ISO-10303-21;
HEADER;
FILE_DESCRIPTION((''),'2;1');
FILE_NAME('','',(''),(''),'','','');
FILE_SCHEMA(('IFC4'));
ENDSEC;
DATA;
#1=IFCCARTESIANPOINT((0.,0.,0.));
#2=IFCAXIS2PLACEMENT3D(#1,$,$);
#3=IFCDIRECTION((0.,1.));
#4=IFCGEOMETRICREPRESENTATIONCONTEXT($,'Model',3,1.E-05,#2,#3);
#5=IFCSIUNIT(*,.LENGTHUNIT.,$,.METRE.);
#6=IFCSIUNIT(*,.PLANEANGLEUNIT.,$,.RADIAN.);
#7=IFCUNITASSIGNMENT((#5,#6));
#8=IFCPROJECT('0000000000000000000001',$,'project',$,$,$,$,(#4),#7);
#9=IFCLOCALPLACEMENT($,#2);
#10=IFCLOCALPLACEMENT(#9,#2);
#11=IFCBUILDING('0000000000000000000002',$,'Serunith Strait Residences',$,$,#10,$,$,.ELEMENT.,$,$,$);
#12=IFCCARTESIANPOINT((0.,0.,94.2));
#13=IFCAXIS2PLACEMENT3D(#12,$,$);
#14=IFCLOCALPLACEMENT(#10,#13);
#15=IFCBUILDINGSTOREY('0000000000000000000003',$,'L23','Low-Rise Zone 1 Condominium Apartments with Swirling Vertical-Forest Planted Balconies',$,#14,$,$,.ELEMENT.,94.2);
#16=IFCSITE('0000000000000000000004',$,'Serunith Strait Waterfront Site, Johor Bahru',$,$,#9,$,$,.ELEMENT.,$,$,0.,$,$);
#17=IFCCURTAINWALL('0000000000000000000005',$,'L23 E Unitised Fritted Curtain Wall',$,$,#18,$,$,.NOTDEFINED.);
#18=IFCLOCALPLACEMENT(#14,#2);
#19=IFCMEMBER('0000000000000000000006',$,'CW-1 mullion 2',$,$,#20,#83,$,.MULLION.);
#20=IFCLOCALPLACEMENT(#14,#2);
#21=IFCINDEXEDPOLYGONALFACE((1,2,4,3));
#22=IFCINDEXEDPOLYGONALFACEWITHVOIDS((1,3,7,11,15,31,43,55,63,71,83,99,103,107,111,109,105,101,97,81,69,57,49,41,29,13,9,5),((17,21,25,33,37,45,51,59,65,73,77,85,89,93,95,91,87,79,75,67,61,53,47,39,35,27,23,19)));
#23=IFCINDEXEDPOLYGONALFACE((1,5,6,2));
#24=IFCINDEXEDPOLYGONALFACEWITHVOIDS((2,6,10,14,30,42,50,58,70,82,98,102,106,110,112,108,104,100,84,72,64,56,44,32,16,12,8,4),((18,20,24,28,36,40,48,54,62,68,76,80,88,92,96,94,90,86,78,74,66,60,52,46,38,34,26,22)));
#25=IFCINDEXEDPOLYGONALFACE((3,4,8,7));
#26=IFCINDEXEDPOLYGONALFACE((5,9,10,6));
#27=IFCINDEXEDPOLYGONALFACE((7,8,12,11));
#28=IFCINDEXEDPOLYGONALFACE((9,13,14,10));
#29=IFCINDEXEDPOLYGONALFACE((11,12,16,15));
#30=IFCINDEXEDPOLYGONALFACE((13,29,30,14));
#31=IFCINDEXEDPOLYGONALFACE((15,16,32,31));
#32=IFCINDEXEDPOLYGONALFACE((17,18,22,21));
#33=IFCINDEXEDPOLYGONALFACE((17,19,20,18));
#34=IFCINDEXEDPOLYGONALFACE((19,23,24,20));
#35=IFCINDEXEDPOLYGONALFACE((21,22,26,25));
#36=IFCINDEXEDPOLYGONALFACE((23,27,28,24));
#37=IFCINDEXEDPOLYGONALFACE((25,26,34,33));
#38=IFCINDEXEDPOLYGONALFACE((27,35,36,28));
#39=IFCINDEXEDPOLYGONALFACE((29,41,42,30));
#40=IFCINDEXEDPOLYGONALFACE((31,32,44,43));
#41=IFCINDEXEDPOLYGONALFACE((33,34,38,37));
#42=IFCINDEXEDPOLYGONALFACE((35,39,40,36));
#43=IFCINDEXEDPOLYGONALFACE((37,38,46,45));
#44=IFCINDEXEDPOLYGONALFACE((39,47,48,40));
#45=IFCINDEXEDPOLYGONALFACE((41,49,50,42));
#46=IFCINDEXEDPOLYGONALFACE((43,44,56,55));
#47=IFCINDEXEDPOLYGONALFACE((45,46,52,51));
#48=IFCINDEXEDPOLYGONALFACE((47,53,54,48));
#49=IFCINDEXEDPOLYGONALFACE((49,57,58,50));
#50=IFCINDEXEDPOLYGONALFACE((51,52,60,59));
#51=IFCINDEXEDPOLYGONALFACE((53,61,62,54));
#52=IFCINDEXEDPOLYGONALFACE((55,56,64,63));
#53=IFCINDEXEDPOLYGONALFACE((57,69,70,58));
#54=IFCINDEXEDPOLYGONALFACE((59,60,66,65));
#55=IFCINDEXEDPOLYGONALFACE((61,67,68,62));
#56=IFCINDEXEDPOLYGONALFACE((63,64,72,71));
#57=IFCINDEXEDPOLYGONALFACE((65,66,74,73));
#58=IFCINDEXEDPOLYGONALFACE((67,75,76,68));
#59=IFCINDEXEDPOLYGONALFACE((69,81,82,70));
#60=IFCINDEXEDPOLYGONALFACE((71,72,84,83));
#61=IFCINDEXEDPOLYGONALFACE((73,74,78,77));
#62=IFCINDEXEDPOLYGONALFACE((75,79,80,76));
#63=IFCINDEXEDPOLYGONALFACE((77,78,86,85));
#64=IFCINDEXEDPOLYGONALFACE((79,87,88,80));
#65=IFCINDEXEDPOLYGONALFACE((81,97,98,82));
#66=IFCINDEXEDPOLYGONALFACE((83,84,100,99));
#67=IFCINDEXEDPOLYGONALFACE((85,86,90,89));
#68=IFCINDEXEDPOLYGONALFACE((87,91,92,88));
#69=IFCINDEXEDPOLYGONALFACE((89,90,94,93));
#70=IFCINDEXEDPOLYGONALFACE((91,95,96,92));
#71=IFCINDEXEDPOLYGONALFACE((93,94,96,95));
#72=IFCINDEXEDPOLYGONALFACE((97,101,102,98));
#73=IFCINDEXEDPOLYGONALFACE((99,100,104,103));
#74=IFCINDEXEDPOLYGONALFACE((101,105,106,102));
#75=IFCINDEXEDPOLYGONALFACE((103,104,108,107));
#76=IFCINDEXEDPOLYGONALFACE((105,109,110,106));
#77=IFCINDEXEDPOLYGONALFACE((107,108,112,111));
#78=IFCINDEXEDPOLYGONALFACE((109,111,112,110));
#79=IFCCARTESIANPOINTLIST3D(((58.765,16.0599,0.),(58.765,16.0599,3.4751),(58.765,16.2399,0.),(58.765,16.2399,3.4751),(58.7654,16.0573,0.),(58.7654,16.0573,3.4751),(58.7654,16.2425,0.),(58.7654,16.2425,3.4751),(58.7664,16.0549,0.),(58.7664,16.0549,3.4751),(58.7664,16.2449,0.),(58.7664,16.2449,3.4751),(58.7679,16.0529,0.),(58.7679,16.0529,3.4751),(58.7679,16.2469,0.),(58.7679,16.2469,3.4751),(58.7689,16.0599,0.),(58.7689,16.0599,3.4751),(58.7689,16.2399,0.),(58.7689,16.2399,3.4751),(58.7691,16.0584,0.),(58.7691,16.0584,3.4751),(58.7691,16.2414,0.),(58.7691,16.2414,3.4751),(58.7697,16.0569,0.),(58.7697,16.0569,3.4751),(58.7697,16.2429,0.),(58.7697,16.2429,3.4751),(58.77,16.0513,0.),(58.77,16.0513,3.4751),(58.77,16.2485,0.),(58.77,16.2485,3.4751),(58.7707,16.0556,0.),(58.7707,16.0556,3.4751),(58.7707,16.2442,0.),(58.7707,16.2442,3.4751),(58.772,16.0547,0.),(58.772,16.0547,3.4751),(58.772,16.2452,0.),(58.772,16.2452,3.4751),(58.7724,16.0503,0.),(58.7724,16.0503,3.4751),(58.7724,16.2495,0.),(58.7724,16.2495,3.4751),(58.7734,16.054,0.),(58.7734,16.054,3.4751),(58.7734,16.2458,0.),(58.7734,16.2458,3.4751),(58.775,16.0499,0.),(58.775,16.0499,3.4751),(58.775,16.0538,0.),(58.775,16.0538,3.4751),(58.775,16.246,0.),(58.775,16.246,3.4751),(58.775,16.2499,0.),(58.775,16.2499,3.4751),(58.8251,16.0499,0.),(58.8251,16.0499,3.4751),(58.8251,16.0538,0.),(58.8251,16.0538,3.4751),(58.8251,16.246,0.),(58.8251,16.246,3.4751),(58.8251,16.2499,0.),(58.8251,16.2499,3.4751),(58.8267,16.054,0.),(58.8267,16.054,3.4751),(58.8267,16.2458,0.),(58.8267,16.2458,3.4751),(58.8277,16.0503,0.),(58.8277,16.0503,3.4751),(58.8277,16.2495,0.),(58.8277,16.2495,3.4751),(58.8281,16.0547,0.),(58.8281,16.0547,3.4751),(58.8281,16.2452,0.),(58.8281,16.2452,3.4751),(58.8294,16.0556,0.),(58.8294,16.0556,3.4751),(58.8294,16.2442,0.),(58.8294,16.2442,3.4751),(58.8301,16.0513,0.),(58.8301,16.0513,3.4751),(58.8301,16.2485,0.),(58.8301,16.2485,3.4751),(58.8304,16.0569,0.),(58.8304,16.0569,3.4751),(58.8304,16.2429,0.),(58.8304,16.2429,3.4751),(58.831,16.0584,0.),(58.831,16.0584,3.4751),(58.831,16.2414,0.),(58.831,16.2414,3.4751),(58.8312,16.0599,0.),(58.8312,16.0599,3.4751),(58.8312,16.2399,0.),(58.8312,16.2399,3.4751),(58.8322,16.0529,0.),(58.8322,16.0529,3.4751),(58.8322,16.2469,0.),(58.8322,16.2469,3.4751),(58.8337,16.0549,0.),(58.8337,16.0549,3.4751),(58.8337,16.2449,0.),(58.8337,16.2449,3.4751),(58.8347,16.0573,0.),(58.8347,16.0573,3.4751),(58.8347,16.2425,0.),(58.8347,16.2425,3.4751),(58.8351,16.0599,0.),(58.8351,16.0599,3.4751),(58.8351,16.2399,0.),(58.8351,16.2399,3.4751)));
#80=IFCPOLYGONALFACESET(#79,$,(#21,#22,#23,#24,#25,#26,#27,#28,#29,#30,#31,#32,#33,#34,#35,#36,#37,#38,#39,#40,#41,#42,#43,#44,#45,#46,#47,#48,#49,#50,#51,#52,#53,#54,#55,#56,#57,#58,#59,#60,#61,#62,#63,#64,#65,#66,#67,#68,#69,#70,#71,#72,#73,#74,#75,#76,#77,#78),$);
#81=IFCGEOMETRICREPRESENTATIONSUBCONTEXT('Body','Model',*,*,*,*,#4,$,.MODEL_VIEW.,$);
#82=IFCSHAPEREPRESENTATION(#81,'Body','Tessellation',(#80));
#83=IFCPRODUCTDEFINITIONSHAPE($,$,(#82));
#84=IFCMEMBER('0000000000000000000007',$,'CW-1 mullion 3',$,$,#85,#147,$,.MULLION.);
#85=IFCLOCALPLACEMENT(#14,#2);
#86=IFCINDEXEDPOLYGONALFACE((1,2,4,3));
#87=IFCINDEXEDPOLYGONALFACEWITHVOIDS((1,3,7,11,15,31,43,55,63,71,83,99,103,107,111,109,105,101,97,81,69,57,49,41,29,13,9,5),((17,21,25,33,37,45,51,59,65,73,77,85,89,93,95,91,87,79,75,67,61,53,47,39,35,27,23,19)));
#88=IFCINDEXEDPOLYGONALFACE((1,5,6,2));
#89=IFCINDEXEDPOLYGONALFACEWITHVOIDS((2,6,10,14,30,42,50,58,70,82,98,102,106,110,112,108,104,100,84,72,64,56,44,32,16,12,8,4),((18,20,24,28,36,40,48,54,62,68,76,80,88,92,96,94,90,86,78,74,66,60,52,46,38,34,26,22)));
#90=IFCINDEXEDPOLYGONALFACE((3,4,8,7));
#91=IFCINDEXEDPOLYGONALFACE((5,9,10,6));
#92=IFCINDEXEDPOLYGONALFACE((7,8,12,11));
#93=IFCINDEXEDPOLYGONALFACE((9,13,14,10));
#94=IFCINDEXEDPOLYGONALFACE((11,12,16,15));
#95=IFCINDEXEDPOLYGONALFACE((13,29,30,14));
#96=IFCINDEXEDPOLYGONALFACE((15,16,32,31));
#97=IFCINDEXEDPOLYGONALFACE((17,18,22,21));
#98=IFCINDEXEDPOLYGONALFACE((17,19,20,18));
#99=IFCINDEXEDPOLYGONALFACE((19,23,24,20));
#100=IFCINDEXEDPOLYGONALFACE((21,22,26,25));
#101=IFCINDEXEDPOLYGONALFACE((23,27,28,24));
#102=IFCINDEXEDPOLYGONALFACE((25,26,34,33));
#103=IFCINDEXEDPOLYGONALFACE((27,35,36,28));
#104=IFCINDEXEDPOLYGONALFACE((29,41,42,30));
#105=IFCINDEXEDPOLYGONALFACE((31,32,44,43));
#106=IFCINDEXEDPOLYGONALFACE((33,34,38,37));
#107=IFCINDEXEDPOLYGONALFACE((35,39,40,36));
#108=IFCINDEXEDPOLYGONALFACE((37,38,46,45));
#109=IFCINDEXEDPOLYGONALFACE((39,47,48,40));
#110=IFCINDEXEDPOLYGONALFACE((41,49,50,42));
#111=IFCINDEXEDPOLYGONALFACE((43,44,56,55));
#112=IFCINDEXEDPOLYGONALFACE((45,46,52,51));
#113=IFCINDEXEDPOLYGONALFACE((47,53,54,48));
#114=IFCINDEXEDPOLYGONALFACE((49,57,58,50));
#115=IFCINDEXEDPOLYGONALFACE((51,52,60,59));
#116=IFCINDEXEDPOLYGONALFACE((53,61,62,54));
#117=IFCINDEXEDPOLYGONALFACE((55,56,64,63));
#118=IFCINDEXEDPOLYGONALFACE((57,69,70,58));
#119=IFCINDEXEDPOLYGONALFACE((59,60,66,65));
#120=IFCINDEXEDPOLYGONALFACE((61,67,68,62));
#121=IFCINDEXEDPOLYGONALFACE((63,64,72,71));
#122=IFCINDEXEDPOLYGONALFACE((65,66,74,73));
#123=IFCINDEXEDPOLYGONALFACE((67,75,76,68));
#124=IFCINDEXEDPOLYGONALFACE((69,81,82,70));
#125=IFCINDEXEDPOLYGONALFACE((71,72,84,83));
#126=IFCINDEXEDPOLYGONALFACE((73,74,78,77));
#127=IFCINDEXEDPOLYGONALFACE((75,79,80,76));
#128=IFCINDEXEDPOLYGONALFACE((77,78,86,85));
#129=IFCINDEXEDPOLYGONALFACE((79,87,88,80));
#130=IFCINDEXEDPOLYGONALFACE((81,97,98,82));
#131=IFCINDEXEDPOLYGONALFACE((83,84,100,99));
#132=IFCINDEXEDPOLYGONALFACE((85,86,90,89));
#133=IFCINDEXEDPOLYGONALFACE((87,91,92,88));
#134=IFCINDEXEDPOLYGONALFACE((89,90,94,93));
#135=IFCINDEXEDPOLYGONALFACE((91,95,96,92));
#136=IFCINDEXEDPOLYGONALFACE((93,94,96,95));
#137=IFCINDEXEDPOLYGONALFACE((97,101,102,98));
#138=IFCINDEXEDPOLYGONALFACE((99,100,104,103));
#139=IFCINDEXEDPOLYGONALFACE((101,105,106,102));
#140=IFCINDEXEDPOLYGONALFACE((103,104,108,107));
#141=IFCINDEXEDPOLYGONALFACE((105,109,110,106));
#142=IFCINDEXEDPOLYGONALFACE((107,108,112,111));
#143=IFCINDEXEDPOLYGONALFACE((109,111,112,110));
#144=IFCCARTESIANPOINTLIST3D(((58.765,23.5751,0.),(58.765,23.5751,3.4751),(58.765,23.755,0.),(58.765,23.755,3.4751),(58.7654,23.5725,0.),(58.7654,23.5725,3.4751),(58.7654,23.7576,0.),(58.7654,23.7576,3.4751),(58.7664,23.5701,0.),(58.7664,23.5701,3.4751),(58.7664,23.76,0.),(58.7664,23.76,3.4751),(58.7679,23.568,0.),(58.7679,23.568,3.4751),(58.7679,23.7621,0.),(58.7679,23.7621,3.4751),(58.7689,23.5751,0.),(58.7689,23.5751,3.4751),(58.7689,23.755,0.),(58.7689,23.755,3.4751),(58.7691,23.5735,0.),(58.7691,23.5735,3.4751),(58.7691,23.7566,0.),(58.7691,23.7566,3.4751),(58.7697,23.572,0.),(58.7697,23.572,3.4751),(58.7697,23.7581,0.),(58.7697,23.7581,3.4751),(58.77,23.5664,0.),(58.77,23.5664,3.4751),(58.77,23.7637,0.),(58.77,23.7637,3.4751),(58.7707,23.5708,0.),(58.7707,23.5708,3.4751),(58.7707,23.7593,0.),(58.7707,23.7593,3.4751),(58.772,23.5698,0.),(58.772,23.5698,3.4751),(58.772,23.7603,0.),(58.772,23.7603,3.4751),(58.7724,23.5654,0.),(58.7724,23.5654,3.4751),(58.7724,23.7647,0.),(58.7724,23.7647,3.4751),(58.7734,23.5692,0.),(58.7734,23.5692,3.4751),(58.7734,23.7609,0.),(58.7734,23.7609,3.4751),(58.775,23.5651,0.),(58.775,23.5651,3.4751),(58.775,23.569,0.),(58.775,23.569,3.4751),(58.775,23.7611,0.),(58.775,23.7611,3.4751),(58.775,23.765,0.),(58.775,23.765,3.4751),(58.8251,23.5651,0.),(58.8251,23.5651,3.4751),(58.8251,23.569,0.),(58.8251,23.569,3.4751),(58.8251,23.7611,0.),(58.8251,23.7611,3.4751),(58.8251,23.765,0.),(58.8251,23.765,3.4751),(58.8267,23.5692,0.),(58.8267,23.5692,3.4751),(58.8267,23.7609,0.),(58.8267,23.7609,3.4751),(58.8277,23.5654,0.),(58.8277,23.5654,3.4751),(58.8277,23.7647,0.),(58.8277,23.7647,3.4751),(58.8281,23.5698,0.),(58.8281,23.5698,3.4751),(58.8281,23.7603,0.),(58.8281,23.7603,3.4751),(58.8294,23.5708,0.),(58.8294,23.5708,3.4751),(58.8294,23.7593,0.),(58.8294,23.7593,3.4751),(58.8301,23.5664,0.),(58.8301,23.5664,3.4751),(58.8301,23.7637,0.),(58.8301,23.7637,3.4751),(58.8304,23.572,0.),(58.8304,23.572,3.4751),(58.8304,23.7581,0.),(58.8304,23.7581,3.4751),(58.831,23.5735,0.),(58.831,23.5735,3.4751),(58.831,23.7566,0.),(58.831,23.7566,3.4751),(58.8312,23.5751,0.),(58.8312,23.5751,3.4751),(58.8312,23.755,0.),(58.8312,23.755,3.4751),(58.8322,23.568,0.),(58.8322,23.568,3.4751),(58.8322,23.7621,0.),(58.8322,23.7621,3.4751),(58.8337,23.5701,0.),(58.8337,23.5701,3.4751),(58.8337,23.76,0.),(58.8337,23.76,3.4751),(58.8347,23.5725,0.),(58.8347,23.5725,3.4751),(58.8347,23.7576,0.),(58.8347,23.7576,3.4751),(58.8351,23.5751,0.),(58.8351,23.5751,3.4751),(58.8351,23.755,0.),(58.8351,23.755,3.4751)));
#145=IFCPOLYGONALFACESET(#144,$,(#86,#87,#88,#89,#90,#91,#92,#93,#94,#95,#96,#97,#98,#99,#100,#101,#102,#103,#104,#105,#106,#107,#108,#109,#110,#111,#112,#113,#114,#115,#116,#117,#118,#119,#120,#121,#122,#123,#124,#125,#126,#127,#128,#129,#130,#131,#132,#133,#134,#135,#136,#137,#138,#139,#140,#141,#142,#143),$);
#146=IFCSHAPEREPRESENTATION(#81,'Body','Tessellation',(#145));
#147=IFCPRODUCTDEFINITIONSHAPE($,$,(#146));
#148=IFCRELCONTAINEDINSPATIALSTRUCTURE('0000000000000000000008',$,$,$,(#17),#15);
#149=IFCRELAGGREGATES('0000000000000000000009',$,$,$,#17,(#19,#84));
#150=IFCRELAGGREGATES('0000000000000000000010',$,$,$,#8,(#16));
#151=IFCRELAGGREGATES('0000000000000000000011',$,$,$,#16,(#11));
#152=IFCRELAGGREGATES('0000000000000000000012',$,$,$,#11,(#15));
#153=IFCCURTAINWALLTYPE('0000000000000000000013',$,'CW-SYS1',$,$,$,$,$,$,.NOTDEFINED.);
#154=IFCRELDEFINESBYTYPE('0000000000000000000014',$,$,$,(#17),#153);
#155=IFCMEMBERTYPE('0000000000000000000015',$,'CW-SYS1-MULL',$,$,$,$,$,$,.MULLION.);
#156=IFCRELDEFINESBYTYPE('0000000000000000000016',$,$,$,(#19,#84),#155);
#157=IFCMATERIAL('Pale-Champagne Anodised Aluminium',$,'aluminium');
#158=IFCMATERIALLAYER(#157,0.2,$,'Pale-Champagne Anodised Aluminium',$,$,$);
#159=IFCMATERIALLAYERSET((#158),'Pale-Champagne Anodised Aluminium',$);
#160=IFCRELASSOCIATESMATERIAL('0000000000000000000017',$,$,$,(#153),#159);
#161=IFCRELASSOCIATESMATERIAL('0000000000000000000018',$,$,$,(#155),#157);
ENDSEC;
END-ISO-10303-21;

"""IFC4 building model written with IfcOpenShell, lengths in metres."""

from ifc_helpers import new_model, si_unit, direction, frame, origin, origin_2d, place, context, subcontext, project, spatial, hollow_rectangle, extrude, source, transform, mapped, material, layer, layer_set, material_profile, profile_set, type_object, element, aggregate, save


model = new_model("IFC4")

# Units and contexts
model_context = context("Model", 3, precision=1e-05, world=origin(), true_north=direction((0.0, 1.0)))
body_context = subcontext(model_context, "Body", "Model", "MODEL_VIEW")
ifc_project = project(units=[si_unit("LENGTHUNIT", "METRE"), si_unit("PLANEANGLEUNIT", "RADIAN")], contexts=[model_context])

# Site, building, storey
site_placement = place(None, origin())
site = spatial("IfcSite", under=ifc_project, at=site_placement, Name="Serunith Strait Waterfront Site, Johor Bahru", CompositionType="ELEMENT", RefElevation=0.0)
building_placement = place(site_placement, origin())
building = spatial("IfcBuilding", under=site, at=building_placement, Name="Serunith Strait Residences", CompositionType="ELEMENT")
storey_placement = place(building_placement, frame((0.0, 0.0, 94.2)))
storey = spatial("IfcBuildingStorey", under=building, at=storey_placement, Name="L23", Description="Low-Rise Zone 1 Condominium Apartments with Swirling Vertical-Forest Planted Balconies", CompositionType="ELEMENT", Elevation=94.2)

# Curtain wall, members
ifc_material_1 = material(Name="Pale-Champagne Anodised Aluminium", Category="aluminium")
ifc_layer_1 = layer(ifc_material_1, 0.2, Name="Pale-Champagne Anodised Aluminium")
ifc_layer_set_1 = layer_set([ifc_layer_1], Name="Pale-Champagne Anodised Aluminium")
curtain_wall_type = type_object("IfcCurtainWallType", Name="CW-SYS1", PredefinedType="NOTDEFINED", material=ifc_layer_set_1)
curtain_wall_placement = place(storey_placement, origin())
curtain_wall = element("IfcCurtainWall", 1, at=curtain_wall_placement, inside=storey, type_object=curtain_wall_type, Name="L23 E Unitised Fritted Curtain Wall", PredefinedType="NOTDEFINED")
ifc_material_profile_1 = material_profile(ifc_material_1, hollow_rectangle(XDim=0.0701, YDim=0.2, WallThickness=0.0039, InnerFilletRadius=0.0061, OuterFilletRadius=0.01, at=origin_2d()), Name="ALU 200x70x4")
ifc_profile_set_1 = profile_set([ifc_material_profile_1], Name="Pale-Champagne Anodised Aluminium")
member_type_1 = type_object("IfcMemberType", Name="CW-SYS1-MULL", PredefinedType="MULLION", material=ifc_profile_set_1)
shared_shape_1 = source(origin(), body_context, "Body", "SweptSolid", [
    extrude(hollow_rectangle(XDim=0.0701, YDim=0.2, WallThickness=0.0039, InnerFilletRadius=0.0061, OuterFilletRadius=0.01, at=origin_2d()), origin(), (0.0, 0.0, 1.0), 3.4751),
])
member_1_placement = place(storey_placement, frame((58.8, 16.1499, 0.0), z_axis=(0.0, 0.0, 1.0), x_axis=(-1.0, 0.0, 0.0)))
member_1 = element("IfcMember", 2, at=member_1_placement, type_object=member_type_1, Name="CW-1 mullion 2", PredefinedType="MULLION", context=body_context, shape_type="MappedRepresentation", body=[
    mapped(shared_shape_1, transform((0.0, 0.0, 0.0), scale=1.0)),
])
member_2_placement = place(storey_placement, frame((58.8, 23.665, 0.0), z_axis=(0.0, 0.0, 1.0), x_axis=(-1.0, 0.0, 0.0)))
member_2 = element("IfcMember", 3, at=member_2_placement, type_object=member_type_1, Name="CW-1 mullion 3", PredefinedType="MULLION", context=body_context, shape_type="MappedRepresentation", body=[
    mapped(shared_shape_1, transform((0.0, 0.0, 0.0), scale=1.0)),
])
aggregate(curtain_wall, [member_1, member_2])

save(model, "model.ifc")
